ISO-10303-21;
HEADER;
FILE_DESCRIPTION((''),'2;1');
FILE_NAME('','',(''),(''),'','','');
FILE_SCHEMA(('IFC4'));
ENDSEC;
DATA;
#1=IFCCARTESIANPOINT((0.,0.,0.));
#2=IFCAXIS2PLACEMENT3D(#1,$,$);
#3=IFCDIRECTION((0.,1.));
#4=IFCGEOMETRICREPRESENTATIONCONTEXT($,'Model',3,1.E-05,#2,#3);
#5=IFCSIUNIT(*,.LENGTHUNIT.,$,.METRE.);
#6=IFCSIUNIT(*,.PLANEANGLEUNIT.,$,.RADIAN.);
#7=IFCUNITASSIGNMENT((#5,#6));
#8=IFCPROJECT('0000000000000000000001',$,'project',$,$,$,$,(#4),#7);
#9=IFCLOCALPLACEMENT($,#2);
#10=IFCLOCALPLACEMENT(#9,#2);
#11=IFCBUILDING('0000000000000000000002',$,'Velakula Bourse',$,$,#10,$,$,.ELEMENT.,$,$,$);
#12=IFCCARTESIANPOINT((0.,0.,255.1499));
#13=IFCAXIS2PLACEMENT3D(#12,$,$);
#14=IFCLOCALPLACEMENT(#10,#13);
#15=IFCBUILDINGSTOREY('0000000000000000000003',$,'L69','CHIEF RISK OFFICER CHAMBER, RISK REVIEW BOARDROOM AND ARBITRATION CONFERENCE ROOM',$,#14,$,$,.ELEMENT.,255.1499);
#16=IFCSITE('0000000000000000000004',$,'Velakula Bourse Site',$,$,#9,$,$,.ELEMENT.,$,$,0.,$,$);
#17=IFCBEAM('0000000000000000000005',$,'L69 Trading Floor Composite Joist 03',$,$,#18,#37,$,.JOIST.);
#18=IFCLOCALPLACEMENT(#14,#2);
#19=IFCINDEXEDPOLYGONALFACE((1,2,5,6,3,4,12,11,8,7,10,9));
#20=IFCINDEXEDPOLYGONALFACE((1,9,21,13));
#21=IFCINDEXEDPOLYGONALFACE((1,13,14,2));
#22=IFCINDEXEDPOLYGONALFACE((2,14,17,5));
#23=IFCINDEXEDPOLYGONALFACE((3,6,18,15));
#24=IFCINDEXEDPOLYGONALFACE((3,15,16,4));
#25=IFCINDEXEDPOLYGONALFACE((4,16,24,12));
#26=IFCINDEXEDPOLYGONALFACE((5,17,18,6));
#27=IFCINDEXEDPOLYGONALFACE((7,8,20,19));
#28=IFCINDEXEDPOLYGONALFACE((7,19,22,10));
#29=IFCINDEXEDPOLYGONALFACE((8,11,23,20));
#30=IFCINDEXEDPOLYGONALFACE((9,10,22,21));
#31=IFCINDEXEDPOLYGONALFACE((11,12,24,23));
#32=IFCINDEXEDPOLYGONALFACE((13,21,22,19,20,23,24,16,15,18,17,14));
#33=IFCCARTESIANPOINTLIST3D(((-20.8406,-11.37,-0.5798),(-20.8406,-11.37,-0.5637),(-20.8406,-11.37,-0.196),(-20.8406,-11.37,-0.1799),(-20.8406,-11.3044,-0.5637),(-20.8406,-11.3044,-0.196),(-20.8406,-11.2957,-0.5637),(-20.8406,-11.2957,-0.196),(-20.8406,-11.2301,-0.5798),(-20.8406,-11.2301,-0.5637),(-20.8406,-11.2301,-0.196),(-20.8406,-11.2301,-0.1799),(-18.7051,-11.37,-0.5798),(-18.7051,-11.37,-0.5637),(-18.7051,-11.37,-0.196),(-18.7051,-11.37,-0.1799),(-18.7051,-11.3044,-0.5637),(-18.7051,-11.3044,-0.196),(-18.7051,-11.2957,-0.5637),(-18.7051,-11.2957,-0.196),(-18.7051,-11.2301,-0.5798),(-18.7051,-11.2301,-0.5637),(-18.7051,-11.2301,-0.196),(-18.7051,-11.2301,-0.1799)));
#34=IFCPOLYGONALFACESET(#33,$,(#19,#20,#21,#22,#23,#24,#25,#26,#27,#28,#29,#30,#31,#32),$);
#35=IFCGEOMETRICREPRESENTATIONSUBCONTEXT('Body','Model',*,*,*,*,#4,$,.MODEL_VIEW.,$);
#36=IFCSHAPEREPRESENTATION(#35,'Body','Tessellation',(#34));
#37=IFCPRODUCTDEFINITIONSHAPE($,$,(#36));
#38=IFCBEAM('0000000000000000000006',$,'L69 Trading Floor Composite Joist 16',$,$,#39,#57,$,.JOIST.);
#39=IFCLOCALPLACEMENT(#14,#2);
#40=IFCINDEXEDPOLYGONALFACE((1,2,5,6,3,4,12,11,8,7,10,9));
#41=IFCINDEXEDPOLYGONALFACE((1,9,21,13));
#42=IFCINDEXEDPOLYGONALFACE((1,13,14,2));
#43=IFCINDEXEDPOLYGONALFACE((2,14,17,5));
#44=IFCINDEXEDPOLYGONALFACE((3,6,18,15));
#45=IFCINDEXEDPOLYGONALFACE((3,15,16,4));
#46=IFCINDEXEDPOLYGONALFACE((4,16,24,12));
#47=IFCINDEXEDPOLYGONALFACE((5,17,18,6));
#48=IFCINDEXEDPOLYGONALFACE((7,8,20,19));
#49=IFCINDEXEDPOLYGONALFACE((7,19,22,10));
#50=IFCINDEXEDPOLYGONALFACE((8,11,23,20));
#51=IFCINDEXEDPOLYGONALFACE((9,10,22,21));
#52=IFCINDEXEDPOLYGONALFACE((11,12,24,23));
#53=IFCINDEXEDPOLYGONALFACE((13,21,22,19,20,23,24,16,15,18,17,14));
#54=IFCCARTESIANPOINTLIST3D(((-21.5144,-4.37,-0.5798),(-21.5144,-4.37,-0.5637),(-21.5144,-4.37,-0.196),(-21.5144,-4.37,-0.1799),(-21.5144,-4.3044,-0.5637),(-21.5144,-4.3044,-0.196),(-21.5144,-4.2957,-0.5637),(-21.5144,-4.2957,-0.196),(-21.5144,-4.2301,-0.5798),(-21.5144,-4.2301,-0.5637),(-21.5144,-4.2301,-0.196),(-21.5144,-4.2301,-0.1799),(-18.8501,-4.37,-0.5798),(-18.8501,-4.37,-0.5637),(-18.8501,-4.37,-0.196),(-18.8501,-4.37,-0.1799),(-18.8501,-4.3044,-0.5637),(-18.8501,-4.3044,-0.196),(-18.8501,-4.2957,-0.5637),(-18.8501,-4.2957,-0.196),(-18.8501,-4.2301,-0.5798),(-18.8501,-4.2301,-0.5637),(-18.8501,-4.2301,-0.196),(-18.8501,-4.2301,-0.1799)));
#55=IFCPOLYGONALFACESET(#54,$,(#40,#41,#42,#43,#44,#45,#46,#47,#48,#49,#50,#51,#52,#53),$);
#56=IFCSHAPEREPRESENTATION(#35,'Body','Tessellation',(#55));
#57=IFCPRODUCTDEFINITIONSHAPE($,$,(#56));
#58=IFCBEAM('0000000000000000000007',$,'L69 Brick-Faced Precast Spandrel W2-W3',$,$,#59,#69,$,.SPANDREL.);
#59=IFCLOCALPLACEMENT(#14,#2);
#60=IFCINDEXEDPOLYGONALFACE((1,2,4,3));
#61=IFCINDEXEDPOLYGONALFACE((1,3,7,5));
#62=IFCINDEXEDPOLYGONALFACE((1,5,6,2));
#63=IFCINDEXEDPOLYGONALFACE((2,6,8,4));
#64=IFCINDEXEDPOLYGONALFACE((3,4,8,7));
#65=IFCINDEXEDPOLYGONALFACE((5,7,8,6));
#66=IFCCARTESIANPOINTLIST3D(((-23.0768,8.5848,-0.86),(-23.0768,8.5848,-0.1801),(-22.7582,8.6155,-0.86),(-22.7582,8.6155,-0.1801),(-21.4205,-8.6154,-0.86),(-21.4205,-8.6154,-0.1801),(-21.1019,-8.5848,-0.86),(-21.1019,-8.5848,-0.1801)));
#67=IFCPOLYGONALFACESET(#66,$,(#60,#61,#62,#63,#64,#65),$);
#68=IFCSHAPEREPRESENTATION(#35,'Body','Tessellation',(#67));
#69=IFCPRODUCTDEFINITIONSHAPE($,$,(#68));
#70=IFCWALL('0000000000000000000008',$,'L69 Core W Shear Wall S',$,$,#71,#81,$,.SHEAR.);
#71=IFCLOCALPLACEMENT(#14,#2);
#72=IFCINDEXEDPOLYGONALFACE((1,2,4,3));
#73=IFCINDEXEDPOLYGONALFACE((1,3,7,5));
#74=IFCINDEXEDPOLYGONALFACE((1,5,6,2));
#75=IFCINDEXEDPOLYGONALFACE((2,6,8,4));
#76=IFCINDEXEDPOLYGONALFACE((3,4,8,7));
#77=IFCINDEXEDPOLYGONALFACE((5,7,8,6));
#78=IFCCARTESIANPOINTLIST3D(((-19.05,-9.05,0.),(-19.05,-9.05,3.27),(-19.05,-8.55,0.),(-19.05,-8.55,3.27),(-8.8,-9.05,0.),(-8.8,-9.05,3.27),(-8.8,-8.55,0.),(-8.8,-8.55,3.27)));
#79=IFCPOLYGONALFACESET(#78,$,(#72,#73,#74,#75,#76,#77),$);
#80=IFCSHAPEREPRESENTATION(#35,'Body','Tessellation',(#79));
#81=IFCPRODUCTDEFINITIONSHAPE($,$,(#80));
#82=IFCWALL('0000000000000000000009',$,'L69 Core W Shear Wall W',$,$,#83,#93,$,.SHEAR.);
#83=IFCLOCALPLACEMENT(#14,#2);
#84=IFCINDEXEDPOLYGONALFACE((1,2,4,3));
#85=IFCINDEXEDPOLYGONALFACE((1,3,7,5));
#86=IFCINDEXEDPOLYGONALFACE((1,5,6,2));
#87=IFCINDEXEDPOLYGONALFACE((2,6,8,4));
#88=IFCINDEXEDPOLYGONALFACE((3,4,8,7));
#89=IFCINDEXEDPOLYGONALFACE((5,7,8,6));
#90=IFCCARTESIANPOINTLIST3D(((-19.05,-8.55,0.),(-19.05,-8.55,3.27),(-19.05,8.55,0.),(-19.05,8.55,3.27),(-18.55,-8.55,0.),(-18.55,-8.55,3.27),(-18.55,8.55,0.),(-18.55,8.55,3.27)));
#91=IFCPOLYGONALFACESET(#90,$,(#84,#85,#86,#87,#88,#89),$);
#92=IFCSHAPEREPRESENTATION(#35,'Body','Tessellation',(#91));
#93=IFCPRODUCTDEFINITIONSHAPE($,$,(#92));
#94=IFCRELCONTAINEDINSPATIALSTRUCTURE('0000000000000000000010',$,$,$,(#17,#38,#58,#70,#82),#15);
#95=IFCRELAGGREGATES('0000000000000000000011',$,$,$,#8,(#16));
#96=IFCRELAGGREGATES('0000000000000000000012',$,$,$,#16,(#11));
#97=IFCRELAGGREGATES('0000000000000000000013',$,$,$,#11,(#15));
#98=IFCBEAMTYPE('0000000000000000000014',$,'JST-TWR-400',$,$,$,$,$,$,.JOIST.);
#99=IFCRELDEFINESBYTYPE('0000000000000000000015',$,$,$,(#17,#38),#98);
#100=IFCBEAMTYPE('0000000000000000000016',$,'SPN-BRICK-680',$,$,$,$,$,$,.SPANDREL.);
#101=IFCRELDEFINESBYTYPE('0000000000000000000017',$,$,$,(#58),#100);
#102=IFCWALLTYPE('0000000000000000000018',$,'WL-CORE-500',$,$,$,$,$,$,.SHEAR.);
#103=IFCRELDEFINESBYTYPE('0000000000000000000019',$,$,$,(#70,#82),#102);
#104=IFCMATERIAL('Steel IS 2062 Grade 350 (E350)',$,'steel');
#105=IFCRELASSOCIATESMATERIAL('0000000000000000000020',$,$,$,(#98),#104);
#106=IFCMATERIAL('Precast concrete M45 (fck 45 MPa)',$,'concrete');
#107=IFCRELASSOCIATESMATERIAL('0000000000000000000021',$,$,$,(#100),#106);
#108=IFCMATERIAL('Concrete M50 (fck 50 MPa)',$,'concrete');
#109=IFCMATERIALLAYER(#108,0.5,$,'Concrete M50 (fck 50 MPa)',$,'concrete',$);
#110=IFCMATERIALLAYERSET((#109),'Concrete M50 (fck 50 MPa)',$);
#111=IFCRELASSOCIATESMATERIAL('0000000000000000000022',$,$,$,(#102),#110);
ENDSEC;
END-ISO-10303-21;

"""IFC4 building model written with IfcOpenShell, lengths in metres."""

from ifc_helpers import new_model, si_unit, direction, frame, frame_2d, origin, origin_2d, place, context, subcontext, project, spatial, rectangle, i_section, extrude, material, layer, layer_set, material_profile, profile_set, type_object, element, save


model = new_model("IFC4")

# Units and contexts
model_context = context("Model", 3, precision=1e-05, world=origin(), true_north=direction((0.0, 1.0)))
body_context = subcontext(model_context, "Body", "Model", "MODEL_VIEW")
ifc_project = project(units=[si_unit("LENGTHUNIT", "METRE"), si_unit("PLANEANGLEUNIT", "RADIAN")], contexts=[model_context])

# Site, building, storey
site_placement = place(None, origin())
site = spatial("IfcSite", under=ifc_project, at=site_placement, Name="Velakula Bourse Site", CompositionType="ELEMENT", RefElevation=0.0)
building_placement = place(site_placement, origin())
building = spatial("IfcBuilding", under=site, at=building_placement, Name="Velakula Bourse", CompositionType="ELEMENT")
storey_placement = place(building_placement, frame((0.0, 0.0, 255.1499)))
storey = spatial("IfcBuildingStorey", under=building, at=storey_placement, Name="L69", Description="CHIEF RISK OFFICER CHAMBER, RISK REVIEW BOARDROOM AND ARBITRATION CONFERENCE ROOM", CompositionType="ELEMENT", Elevation=255.1499)

# Shared definitions
ifc_material_1 = material(Name="Concrete M50 (fck 50 MPa)", Category="concrete")
ifc_material_2 = material(Name="Steel IS 2062 Grade 350 (E350)", Category="steel")

# Beams
ifc_material_profile_1 = material_profile(ifc_material_2, i_section(OverallWidth=0.1399, OverallDepth=0.3999, WebThickness=0.0088, FlangeThickness=0.0161, at=origin_2d()), Name="Steel IS 2062 Grade 350 (E350)")
ifc_profile_set_1 = profile_set([ifc_material_profile_1], Name="Steel IS 2062 Grade 350 (E350)")
beam_type_1 = type_object("IfcBeamType", Name="JST-TWR-400", PredefinedType="JOIST", material=ifc_profile_set_1)
beam_1_placement = place(storey_placement, frame((-20.8406, -11.3, -0.3799), z_axis=(1.0, 0.0, 0.0), x_axis=(0.0, 1.0, 0.0)))
element("IfcBeam", 1, at=beam_1_placement, inside=storey, type_object=beam_type_1, Name="L69 Trading Floor Composite Joist 03", PredefinedType="JOIST", context=body_context, shape_type="SweptSolid", body=[
    extrude(i_section(OverallWidth=0.1399, OverallDepth=0.3999, WebThickness=0.0088, FlangeThickness=0.0161, at=origin_2d()), origin(), (0.0, 0.0, 1.0), 2.1355),
])
beam_2_placement = place(storey_placement, frame((-21.5144, -4.3, -0.3799), z_axis=(1.0, 0.0, 0.0), x_axis=(0.0, 1.0, 0.0)))
element("IfcBeam", 2, at=beam_2_placement, inside=storey, type_object=beam_type_1, Name="L69 Trading Floor Composite Joist 16", PredefinedType="JOIST", context=body_context, shape_type="SweptSolid", body=[
    extrude(i_section(OverallWidth=0.1399, OverallDepth=0.3999, WebThickness=0.0088, FlangeThickness=0.0161, at=origin_2d()), origin(), (0.0, 0.0, 1.0), 2.6643),
])
ifc_material_3 = material(Name="Precast concrete M45 (fck 45 MPa)", Category="concrete")
ifc_material_profile_2 = material_profile(ifc_material_3, rectangle(XDim=0.3201, YDim=0.6799, at=origin_2d()), Name="Precast concrete M45 (fck 45 MPa)")
ifc_profile_set_2 = profile_set([ifc_material_profile_2], Name="Precast concrete M45 (fck 45 MPa)")
beam_type_2 = type_object("IfcBeamType", Name="SPN-BRICK-680", PredefinedType="SPANDREL", material=ifc_profile_set_2)
beam_3_placement = place(storey_placement, frame((-21.2612, -8.6001, -0.52), z_axis=(-0.095849, 0.995396, 0.0), x_axis=(-0.995396, -0.095849, 0.0)))
element("IfcBeam", 3, at=beam_3_placement, inside=storey, type_object=beam_type_2, Name="L69 Brick-Faced Precast Spandrel W2-W3", PredefinedType="SPANDREL", context=body_context, shape_type="SweptSolid", body=[
    extrude(rectangle(XDim=0.3201, YDim=0.6799, at=origin_2d()), origin(), (0.0, 0.0, 1.0), 17.2798),
])

# Walls
ifc_layer_1 = layer(ifc_material_1, 0.5, Name="Concrete M50 (fck 50 MPa)", Category="concrete")
ifc_layer_set_1 = layer_set([ifc_layer_1], Name="Concrete M50 (fck 50 MPa)")
wall_type_1 = type_object("IfcWallType", Name="WL-CORE-500", PredefinedType="SHEAR", material=ifc_layer_set_1)
wall_1_placement = place(storey_placement, frame((-19.05, -8.8, 0.0), z_axis=(0.0, 0.0, 1.0), x_axis=(1.0, 0.0, 0.0)))
element("IfcWall", 4, at=wall_1_placement, inside=storey, type_object=wall_type_1, Name="L69 Core W Shear Wall S", PredefinedType="SHEAR", context=body_context, shape_type="SweptSolid", body=[
    extrude(rectangle(XDim=10.25, YDim=0.5, at=frame_2d((5.125, 0.0))), origin(), (0.0, 0.0, 1.0), 3.27),
])
wall_2_placement = place(storey_placement, frame((-18.8, -8.55, 0.0), z_axis=(0.0, 0.0, 1.0), x_axis=(0.0, 1.0, 0.0)))
element("IfcWall", 5, at=wall_2_placement, inside=storey, type_object=wall_type_1, Name="L69 Core W Shear Wall W", PredefinedType="SHEAR", context=body_context, shape_type="SweptSolid", body=[
    extrude(rectangle(XDim=17.1001, YDim=0.5, at=frame_2d((8.55, 0.0))), origin(), (0.0, 0.0, 1.0), 3.27),
])

save(model, "model.ifc")
